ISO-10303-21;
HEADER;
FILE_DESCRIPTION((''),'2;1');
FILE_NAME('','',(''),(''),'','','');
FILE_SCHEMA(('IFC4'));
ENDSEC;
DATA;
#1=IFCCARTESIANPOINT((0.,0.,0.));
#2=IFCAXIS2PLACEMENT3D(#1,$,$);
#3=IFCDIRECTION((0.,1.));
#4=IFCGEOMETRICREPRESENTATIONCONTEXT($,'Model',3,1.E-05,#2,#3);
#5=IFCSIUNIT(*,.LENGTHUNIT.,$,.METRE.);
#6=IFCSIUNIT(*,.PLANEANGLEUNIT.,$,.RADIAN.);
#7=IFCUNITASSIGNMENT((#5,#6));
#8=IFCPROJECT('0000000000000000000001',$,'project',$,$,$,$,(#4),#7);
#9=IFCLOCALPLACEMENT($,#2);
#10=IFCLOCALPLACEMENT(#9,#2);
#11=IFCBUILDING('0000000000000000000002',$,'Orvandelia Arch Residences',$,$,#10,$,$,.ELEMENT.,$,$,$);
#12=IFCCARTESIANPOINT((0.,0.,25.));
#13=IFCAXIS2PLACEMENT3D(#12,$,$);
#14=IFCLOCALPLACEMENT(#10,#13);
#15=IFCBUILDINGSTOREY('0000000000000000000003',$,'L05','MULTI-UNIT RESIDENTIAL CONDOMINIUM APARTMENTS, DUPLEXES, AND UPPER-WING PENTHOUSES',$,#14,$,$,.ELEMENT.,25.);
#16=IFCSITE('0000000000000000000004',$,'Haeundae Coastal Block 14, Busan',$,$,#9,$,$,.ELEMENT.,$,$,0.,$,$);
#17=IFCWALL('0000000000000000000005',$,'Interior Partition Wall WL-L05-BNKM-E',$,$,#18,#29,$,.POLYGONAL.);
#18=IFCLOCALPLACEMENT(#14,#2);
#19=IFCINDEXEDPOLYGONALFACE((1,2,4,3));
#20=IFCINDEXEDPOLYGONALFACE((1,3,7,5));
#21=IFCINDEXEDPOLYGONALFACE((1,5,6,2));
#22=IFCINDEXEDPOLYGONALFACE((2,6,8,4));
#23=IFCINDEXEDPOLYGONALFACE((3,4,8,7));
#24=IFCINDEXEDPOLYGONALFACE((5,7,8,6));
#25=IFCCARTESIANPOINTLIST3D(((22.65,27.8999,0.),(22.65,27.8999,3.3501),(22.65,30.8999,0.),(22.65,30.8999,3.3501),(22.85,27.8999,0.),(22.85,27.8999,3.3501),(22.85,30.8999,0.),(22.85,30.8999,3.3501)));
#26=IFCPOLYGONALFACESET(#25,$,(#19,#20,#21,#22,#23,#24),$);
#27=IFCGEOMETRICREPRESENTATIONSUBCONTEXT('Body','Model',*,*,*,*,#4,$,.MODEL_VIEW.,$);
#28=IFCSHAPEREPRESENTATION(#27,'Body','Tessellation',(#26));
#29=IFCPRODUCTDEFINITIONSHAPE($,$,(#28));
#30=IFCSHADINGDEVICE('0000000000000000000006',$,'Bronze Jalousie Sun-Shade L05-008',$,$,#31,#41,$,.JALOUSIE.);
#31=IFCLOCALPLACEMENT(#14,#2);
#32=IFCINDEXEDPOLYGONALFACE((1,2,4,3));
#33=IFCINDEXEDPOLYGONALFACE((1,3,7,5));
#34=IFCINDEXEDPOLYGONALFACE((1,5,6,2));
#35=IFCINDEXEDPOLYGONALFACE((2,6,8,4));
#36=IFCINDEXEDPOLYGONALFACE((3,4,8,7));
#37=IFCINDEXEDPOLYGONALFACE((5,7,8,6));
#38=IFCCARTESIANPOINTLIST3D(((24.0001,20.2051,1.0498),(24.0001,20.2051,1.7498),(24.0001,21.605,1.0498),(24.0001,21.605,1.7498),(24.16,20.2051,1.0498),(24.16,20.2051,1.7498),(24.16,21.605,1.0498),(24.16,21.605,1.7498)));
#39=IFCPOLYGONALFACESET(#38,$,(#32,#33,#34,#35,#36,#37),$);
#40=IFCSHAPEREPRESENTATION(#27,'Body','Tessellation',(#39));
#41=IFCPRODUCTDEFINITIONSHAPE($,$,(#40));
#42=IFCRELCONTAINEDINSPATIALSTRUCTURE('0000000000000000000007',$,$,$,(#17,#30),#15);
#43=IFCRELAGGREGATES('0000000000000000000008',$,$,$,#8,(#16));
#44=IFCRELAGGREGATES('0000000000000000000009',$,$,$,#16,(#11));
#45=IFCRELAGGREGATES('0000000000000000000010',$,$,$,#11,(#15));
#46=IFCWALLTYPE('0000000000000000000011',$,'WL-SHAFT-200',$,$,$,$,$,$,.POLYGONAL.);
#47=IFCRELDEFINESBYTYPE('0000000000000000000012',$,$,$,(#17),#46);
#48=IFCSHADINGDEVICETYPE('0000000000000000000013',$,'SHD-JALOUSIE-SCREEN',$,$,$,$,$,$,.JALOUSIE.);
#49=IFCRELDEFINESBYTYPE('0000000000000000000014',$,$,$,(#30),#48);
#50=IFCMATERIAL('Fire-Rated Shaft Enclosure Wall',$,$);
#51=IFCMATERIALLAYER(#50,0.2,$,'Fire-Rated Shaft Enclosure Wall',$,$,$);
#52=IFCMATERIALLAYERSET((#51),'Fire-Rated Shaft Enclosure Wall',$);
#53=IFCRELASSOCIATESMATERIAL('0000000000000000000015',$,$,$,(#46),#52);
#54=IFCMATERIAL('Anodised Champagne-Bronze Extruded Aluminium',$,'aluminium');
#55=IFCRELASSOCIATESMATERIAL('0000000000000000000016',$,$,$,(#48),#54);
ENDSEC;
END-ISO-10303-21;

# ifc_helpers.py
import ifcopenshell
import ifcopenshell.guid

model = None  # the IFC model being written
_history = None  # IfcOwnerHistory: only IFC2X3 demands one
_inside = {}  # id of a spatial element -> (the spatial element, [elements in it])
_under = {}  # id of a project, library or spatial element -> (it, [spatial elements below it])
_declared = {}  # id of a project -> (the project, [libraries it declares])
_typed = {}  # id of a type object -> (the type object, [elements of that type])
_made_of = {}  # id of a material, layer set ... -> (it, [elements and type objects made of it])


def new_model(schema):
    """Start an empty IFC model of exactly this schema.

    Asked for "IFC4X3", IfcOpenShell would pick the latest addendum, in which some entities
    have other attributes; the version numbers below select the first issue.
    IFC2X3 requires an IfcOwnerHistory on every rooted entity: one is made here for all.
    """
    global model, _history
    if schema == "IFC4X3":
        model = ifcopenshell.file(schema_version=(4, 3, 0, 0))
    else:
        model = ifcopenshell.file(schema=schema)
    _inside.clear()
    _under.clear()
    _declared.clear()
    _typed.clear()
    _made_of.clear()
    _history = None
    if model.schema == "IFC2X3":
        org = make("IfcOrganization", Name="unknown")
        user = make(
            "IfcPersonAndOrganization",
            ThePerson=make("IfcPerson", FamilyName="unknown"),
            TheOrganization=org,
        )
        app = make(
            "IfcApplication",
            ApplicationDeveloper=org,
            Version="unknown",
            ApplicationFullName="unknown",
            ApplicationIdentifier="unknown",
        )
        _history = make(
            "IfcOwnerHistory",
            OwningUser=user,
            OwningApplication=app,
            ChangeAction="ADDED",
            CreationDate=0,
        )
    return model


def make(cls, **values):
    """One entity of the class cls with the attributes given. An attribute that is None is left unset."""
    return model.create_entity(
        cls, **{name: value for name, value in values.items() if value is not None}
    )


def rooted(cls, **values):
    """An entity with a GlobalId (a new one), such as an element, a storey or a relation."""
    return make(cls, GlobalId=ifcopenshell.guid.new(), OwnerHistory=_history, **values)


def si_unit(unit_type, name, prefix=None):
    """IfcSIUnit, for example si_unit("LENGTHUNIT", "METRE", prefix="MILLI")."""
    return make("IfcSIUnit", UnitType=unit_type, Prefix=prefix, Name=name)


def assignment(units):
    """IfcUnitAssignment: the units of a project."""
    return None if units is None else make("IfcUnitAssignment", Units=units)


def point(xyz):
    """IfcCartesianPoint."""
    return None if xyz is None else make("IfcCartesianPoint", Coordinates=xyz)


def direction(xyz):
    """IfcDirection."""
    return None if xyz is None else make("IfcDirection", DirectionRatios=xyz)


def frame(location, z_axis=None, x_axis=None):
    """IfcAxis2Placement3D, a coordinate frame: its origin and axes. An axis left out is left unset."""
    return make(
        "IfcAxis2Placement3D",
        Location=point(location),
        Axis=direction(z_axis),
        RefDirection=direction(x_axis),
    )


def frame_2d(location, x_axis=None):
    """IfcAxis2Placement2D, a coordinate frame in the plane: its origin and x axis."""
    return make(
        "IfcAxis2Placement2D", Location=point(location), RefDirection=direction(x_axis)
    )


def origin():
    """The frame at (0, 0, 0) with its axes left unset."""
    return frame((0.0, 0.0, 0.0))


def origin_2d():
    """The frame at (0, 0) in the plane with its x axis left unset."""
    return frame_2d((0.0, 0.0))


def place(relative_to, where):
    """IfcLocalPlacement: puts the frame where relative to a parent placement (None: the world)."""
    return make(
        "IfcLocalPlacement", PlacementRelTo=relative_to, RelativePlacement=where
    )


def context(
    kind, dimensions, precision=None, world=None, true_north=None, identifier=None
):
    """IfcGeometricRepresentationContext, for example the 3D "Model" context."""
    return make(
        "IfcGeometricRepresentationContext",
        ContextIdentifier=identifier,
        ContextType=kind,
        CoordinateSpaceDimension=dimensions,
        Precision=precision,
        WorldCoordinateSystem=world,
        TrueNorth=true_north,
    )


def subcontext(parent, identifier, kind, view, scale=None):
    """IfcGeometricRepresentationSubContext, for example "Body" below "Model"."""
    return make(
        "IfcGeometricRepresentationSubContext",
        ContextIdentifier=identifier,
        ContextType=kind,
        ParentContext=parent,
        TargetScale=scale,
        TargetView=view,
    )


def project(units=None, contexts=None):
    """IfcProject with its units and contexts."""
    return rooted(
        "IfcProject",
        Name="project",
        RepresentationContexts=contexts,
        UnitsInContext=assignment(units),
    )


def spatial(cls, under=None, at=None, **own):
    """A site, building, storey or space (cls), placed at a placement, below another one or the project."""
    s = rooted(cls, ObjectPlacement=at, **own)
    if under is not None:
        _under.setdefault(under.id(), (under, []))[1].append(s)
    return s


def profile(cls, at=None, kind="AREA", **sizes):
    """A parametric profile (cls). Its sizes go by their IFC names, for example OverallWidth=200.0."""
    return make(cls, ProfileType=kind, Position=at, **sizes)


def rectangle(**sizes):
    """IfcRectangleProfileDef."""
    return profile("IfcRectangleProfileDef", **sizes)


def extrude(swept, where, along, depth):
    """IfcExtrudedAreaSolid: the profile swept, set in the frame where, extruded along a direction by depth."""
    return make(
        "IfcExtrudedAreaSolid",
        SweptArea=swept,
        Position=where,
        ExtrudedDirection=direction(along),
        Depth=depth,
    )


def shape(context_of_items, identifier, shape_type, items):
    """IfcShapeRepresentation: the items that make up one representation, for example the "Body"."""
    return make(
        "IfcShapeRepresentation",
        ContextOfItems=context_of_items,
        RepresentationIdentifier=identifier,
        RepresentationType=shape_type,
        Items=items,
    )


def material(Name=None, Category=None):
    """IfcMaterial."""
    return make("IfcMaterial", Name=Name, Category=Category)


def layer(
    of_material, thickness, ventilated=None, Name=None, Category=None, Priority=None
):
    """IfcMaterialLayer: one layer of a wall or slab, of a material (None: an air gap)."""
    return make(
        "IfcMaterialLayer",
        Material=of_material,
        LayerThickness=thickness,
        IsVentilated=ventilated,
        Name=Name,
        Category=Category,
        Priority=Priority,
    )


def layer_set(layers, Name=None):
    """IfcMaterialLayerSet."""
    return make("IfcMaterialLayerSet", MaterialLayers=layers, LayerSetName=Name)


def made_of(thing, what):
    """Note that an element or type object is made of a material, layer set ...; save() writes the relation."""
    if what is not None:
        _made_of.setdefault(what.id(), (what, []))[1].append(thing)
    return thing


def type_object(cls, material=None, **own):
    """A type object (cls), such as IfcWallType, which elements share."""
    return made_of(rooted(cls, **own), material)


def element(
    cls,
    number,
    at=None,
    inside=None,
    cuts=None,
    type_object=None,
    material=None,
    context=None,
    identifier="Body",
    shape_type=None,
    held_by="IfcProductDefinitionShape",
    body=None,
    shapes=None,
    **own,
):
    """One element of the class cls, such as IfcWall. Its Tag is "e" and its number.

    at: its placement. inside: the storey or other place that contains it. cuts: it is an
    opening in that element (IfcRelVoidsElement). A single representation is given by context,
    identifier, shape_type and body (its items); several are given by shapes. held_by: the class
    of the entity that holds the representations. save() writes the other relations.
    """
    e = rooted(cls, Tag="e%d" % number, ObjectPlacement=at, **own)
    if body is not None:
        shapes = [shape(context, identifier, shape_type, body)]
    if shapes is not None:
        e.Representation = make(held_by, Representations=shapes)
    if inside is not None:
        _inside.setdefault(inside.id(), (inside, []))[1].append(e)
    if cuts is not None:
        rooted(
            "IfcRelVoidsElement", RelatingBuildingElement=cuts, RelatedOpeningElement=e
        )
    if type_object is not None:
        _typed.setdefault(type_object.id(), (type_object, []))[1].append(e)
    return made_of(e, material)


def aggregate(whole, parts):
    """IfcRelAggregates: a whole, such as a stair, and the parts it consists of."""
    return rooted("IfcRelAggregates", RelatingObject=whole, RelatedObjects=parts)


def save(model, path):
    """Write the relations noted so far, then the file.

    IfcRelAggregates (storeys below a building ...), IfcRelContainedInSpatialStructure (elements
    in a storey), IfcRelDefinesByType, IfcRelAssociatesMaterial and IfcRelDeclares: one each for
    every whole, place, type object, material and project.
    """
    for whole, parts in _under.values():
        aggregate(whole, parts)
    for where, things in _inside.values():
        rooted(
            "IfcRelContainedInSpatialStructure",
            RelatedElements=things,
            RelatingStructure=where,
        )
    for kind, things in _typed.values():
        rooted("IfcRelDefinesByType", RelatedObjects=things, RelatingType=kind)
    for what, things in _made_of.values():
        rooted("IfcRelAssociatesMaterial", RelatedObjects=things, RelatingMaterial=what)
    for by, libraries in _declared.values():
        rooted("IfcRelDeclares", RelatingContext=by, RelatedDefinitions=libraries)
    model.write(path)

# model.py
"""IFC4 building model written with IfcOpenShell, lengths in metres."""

from ifc_helpers import new_model, si_unit, direction, frame, frame_2d, origin, origin_2d, place, context, subcontext, project, spatial, rectangle, extrude, material, layer, layer_set, type_object, element, save


model = new_model("IFC4")

# Units and contexts
model_context = context("Model", 3, precision=1e-05, world=origin(), true_north=direction((0.0, 1.0)))
body_context = subcontext(model_context, "Body", "Model", "MODEL_VIEW")
ifc_project = project(units=[si_unit("LENGTHUNIT", "METRE"), si_unit("PLANEANGLEUNIT", "RADIAN")], contexts=[model_context])

# Site, building, storey
site_placement = place(None, origin())
site = spatial("IfcSite", under=ifc_project, at=site_placement, Name="Haeundae Coastal Block 14, Busan", CompositionType="ELEMENT", RefElevation=0.0)
building_placement = place(site_placement, origin())
building = spatial("IfcBuilding", under=site, at=building_placement, Name="Orvandelia Arch Residences", CompositionType="ELEMENT")
storey_placement = place(building_placement, frame((0.0, 0.0, 25.0)))
storey = spatial("IfcBuildingStorey", under=building, at=storey_placement, Name="L05", Description="MULTI-UNIT RESIDENTIAL CONDOMINIUM APARTMENTS, DUPLEXES, AND UPPER-WING PENTHOUSES", CompositionType="ELEMENT", Elevation=25.0)

# Wall
ifc_material_1 = material(Name="Fire-Rated Shaft Enclosure Wall")
ifc_layer_1 = layer(ifc_material_1, 0.2, Name="Fire-Rated Shaft Enclosure Wall")
ifc_layer_set_1 = layer_set([ifc_layer_1], Name="Fire-Rated Shaft Enclosure Wall")
wall_type_1 = type_object("IfcWallType", Name="WL-SHAFT-200", PredefinedType="POLYGONAL", material=ifc_layer_set_1)
wall_1_placement = place(storey_placement, frame((22.75, 27.8999, 0.0), z_axis=(0.0, 0.0, 1.0), x_axis=(0.0, 1.0, 0.0)))
element("IfcWall", 1, at=wall_1_placement, inside=storey, type_object=wall_type_1, Name="Interior Partition Wall WL-L05-BNKM-E", PredefinedType="POLYGONAL", context=body_context, shape_type="SweptSolid", body=[
    extrude(rectangle(XDim=3.0, YDim=0.2, at=frame_2d((1.5, 0.0))), origin(), (0.0, 0.0, 1.0), 3.3501),
])

# Shading device
ifc_material_2 = material(Name="Anodised Champagne-Bronze Extruded Aluminium", Category="aluminium")
shading_device_type = type_object("IfcShadingDeviceType", Name="SHD-JALOUSIE-SCREEN", PredefinedType="JALOUSIE", material=ifc_material_2)
shading_device_placement = place(storey_placement, frame((24.0801, 20.905, 1.0498), z_axis=(0.0, 0.0, 1.0), x_axis=(0.0, -1.0, 0.0)))
element("IfcShadingDevice", 2, at=shading_device_placement, inside=storey, type_object=shading_device_type, Name="Bronze Jalousie Sun-Shade L05-008", PredefinedType="JALOUSIE", context=body_context, shape_type="SweptSolid", body=[
    extrude(rectangle(XDim=1.3999, YDim=0.1599, at=origin_2d()), origin(), (0.0, 0.0, 1.0), 0.7),
])

save(model, "model.ifc")
